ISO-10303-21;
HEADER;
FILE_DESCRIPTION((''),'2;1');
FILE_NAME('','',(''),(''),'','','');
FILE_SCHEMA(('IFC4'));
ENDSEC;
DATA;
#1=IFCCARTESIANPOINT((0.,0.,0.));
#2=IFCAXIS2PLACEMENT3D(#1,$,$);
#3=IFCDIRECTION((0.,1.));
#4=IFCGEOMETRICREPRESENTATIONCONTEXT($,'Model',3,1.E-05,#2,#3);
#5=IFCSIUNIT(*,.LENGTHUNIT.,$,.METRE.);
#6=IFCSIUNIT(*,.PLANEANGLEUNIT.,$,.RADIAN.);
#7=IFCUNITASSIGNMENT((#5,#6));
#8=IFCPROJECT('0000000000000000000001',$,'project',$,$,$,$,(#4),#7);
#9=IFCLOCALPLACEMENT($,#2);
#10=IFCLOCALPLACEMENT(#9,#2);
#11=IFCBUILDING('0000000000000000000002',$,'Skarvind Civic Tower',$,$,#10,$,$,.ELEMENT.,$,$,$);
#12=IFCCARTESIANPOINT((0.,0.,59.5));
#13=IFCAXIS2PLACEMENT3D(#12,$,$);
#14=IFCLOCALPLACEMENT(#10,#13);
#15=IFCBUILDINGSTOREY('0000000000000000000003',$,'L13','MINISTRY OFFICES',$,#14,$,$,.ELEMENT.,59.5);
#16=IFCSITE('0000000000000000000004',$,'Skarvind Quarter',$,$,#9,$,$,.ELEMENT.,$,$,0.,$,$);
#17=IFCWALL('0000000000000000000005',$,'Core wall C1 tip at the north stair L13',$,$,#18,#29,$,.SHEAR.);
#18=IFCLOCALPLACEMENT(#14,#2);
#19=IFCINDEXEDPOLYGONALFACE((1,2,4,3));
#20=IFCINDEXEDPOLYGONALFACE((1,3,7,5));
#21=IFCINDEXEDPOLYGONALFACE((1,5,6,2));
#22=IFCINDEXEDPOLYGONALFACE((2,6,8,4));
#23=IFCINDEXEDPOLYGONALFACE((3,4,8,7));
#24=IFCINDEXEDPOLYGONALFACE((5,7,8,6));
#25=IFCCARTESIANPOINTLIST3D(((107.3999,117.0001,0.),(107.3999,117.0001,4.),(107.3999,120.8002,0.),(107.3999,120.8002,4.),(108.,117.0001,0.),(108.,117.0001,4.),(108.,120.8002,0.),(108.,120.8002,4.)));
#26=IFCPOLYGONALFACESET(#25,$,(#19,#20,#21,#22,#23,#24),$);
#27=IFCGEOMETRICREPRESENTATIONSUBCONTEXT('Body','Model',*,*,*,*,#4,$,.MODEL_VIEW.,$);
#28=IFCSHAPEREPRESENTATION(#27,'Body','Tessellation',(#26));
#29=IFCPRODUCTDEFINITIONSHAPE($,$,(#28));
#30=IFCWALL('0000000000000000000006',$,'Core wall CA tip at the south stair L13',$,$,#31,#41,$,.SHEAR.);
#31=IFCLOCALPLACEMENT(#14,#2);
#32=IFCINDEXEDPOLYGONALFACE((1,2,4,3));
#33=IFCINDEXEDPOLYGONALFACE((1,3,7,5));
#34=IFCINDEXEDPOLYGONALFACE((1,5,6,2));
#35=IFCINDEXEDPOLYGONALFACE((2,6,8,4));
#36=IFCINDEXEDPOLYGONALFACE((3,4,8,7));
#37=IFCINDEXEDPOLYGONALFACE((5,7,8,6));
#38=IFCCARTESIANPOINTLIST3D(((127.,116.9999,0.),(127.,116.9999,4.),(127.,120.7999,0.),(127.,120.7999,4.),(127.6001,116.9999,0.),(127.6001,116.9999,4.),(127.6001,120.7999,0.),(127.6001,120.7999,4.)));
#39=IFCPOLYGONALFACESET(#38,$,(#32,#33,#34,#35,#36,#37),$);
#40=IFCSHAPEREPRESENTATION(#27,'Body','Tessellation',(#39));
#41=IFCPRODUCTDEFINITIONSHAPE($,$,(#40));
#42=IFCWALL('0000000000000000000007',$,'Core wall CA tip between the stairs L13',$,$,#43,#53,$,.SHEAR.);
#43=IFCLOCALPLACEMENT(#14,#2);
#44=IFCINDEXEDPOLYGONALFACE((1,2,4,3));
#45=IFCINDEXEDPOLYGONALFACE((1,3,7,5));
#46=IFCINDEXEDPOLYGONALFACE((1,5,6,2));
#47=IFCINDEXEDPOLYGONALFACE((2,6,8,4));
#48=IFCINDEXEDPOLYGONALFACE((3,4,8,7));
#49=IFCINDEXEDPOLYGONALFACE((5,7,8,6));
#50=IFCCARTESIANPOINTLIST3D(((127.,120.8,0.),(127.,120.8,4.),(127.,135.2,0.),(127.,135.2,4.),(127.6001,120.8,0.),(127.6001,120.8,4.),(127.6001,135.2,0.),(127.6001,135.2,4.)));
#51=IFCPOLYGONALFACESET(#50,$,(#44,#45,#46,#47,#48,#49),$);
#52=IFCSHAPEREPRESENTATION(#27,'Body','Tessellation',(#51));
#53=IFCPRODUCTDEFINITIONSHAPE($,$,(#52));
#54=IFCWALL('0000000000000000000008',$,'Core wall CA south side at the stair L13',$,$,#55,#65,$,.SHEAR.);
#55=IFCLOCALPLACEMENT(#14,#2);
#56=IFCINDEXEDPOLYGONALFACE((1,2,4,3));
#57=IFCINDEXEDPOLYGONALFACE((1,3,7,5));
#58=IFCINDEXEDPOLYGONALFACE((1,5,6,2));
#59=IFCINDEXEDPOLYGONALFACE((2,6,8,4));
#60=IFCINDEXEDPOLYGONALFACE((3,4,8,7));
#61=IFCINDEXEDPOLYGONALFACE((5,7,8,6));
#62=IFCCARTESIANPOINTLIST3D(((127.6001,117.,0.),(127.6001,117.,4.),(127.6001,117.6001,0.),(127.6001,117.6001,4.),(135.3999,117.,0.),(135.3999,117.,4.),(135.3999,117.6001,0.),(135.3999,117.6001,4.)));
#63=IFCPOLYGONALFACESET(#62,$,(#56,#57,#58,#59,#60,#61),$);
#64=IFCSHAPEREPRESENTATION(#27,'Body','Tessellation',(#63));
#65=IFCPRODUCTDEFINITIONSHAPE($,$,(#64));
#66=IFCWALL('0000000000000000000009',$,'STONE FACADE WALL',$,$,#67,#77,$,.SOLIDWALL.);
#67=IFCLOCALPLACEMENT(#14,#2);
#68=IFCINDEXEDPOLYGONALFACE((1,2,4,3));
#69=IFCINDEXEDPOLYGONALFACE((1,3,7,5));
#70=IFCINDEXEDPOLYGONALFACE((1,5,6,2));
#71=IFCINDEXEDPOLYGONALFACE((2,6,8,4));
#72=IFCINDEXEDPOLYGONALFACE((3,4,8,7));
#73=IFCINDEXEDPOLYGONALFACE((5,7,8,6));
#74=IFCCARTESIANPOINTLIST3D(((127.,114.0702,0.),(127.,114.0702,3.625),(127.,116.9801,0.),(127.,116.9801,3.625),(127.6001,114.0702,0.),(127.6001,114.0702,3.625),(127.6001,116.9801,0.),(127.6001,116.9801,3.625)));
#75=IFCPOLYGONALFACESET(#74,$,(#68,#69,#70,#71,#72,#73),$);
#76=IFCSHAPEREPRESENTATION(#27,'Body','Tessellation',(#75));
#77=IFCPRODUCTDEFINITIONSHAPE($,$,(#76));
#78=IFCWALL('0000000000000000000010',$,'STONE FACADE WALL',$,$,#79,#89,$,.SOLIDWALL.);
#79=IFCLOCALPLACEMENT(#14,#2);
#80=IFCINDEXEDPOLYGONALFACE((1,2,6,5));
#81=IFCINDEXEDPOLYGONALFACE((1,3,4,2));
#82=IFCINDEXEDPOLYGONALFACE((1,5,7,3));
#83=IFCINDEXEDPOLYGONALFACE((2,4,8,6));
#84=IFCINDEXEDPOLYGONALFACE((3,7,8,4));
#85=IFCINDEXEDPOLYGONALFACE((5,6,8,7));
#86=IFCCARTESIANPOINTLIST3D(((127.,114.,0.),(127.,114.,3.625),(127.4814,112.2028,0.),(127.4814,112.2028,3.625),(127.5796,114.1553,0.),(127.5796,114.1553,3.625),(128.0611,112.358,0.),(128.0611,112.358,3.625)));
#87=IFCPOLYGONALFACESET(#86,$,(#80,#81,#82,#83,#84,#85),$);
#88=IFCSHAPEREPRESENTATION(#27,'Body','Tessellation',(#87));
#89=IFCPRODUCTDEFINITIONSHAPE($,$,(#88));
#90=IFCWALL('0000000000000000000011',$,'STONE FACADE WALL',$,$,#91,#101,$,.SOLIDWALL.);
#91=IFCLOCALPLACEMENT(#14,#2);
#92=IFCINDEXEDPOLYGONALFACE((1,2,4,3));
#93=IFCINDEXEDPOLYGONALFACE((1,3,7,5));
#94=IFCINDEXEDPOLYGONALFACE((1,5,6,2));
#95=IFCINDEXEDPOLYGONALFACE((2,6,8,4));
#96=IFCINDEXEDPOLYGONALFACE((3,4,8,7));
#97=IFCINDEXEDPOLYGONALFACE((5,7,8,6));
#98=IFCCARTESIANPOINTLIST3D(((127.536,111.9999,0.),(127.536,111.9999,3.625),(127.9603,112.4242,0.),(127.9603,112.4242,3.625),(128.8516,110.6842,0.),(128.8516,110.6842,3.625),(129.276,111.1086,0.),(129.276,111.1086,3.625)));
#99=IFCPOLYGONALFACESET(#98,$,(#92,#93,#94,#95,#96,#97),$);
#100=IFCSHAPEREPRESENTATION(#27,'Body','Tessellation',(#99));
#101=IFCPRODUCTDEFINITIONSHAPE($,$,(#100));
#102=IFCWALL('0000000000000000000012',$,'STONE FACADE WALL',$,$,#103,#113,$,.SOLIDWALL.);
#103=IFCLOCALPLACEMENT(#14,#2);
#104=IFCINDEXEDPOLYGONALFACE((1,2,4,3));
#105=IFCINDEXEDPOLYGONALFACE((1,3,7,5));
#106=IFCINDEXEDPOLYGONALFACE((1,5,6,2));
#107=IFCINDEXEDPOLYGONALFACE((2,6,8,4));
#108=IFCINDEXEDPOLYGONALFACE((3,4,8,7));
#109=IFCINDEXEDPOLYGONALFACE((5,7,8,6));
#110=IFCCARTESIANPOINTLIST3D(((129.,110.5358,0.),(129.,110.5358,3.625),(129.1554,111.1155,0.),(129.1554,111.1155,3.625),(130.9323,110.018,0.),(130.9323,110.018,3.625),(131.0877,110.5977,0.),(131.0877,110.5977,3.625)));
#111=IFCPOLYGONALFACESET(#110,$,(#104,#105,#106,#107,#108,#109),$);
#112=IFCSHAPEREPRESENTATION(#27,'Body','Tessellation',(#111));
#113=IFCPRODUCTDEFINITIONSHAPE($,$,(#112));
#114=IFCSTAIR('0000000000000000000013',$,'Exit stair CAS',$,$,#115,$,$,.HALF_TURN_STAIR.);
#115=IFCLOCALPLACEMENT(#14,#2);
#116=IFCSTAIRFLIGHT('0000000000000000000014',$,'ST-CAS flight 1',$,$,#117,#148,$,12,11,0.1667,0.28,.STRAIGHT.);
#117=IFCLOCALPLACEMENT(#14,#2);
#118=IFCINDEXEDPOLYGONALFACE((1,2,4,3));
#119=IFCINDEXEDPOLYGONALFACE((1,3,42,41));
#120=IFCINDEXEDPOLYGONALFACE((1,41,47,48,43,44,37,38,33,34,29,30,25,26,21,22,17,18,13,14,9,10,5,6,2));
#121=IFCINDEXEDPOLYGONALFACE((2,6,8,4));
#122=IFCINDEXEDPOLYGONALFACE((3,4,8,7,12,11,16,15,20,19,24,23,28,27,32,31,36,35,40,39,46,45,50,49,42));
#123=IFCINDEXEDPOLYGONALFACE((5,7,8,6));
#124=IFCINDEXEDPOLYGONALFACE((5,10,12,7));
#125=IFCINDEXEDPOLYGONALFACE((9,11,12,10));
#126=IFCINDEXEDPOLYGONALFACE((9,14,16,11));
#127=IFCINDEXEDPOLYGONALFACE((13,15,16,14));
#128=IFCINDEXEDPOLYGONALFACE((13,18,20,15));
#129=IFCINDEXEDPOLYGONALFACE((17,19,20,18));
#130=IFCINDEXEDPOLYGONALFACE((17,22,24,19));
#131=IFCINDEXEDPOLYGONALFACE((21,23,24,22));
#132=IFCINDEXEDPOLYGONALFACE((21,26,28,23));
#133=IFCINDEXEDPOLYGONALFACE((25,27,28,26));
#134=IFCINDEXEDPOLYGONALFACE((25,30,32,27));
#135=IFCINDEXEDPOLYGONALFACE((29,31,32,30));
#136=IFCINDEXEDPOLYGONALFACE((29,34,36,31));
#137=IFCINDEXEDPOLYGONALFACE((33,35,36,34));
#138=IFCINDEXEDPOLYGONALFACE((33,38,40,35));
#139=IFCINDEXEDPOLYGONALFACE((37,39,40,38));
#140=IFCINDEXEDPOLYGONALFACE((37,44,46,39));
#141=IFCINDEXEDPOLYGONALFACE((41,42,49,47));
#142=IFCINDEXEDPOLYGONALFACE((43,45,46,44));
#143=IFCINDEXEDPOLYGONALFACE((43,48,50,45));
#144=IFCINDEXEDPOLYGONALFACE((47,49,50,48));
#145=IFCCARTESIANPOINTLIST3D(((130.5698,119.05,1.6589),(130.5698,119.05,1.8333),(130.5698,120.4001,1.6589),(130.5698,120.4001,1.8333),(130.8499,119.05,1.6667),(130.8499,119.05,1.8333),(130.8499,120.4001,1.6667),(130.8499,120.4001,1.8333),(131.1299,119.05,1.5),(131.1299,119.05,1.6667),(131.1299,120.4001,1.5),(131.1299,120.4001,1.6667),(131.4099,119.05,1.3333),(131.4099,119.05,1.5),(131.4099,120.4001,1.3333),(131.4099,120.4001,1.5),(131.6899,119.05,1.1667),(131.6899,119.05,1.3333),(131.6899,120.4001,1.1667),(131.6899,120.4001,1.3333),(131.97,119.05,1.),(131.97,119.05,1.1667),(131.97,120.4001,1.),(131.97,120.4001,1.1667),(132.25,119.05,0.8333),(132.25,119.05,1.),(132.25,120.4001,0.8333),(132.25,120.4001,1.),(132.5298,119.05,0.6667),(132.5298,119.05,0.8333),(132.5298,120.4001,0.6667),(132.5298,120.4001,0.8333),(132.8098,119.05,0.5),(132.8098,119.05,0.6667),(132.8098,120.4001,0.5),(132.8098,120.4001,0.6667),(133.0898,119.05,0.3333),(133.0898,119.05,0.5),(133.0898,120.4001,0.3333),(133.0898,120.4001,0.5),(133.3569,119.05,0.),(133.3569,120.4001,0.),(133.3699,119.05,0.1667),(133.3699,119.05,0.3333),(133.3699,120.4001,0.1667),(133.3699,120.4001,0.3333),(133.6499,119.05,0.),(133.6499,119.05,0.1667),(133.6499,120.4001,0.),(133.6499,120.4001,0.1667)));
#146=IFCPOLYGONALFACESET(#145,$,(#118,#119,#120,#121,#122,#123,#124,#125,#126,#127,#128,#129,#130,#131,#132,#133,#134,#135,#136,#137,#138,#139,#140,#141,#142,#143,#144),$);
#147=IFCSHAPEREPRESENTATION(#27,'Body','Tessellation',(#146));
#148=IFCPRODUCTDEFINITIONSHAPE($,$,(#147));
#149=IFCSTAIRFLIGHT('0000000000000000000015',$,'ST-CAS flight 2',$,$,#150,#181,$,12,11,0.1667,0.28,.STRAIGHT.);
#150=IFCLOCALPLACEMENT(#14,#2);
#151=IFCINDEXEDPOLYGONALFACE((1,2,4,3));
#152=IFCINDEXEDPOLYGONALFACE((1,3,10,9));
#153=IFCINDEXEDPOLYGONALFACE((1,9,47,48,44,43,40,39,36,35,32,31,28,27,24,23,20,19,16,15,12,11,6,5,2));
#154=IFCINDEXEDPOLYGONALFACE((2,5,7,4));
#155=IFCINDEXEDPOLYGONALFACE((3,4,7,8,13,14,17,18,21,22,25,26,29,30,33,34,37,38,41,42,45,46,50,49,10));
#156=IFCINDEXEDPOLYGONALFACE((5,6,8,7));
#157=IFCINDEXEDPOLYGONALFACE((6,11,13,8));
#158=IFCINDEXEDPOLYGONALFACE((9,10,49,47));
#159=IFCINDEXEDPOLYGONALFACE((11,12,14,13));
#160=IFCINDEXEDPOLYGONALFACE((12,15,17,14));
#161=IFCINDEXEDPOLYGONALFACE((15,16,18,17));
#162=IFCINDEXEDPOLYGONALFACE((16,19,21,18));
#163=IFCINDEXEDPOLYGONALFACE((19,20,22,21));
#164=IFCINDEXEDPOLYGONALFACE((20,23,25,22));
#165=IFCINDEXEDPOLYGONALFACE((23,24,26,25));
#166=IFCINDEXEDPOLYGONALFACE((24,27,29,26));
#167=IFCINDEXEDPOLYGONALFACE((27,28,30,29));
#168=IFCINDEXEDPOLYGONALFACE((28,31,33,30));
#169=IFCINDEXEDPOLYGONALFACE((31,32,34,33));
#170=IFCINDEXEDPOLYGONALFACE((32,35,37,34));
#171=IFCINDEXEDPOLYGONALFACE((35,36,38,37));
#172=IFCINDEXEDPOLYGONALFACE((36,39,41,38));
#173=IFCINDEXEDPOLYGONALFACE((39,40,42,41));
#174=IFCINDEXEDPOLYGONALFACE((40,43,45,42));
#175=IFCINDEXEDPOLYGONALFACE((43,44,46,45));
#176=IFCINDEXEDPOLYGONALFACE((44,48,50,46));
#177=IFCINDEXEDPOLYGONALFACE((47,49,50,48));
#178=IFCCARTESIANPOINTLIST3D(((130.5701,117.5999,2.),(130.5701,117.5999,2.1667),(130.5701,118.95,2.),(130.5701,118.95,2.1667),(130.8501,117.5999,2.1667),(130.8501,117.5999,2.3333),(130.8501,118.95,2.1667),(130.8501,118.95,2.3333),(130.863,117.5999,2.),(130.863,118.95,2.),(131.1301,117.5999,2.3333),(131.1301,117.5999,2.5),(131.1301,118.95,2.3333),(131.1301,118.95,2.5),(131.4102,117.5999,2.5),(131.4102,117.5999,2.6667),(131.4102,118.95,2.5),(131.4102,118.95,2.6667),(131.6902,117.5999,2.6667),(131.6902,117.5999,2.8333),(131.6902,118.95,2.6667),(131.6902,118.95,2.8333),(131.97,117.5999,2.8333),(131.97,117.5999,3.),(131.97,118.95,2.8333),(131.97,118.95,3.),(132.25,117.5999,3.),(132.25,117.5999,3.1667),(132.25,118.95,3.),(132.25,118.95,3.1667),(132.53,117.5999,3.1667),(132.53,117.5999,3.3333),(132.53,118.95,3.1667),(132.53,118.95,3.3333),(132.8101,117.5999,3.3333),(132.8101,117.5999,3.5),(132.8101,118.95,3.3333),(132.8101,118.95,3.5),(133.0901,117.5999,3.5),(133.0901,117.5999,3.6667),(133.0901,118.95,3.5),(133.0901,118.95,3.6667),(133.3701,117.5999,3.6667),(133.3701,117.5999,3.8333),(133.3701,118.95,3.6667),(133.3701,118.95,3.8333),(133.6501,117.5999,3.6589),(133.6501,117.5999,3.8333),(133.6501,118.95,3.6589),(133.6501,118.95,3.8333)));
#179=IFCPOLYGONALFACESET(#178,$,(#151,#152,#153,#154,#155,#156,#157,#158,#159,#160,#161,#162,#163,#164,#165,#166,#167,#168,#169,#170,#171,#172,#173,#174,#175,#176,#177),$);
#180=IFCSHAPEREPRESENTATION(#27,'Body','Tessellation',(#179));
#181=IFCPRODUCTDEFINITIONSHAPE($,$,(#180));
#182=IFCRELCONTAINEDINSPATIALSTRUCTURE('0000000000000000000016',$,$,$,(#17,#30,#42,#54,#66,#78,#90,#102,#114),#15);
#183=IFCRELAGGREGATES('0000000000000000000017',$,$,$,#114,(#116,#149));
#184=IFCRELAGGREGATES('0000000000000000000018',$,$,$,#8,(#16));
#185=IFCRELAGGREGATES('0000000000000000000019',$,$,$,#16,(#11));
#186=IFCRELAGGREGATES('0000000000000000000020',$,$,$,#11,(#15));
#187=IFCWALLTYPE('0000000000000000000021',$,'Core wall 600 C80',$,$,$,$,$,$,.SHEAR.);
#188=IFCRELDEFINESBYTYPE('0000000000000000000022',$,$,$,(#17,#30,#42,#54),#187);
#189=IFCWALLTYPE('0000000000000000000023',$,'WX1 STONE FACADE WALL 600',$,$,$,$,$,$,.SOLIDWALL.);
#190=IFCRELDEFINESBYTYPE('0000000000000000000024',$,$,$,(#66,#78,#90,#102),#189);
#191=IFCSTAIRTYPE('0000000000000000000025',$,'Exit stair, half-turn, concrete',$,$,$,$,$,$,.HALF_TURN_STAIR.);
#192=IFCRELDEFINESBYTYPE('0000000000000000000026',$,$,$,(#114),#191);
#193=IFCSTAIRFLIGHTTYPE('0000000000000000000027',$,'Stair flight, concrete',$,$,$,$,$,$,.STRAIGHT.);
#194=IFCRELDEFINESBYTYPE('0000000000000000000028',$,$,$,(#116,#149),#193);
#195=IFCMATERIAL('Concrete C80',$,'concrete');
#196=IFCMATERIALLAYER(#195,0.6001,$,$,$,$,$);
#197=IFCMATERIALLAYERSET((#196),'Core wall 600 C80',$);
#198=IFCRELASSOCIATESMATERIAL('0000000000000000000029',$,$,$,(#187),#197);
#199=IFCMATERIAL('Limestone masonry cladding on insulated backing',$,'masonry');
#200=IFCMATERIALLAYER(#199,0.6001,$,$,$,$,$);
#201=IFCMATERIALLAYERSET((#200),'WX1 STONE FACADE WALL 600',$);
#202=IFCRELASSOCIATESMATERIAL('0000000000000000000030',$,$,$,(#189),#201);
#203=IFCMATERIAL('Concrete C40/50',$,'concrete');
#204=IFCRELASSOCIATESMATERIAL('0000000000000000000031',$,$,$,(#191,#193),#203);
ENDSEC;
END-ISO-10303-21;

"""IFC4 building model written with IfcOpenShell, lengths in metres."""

from ifc_helpers import new_model, si_unit, direction, frame, frame_2d, origin, place, context, subcontext, project, spatial, polyline, rectangle, outline, extrude, material, layer, layer_set, type_object, element, aggregate, save


model = new_model("IFC4")

# Units and contexts
model_context = context("Model", 3, precision=1e-05, world=origin(), true_north=direction((0.0, 1.0)))
body_context = subcontext(model_context, "Body", "Model", "MODEL_VIEW")
ifc_project = project(units=[si_unit("LENGTHUNIT", "METRE"), si_unit("PLANEANGLEUNIT", "RADIAN")], contexts=[model_context])

# Site, building, storey
site_placement = place(None, origin())
site = spatial("IfcSite", under=ifc_project, at=site_placement, Name="Skarvind Quarter", CompositionType="ELEMENT", RefElevation=0.0)
building_placement = place(site_placement, origin())
building = spatial("IfcBuilding", under=site, at=building_placement, Name="Skarvind Civic Tower", CompositionType="ELEMENT")
storey_placement = place(building_placement, frame((0.0, 0.0, 59.5)))
storey = spatial("IfcBuildingStorey", under=building, at=storey_placement, Name="L13", Description="MINISTRY OFFICES", CompositionType="ELEMENT", Elevation=59.5)

# Shared definitions
ifc_material_1 = material(Name="Concrete C80", Category="concrete")

# Walls
ifc_layer_1 = layer(ifc_material_1, 0.6001)
ifc_layer_set_1 = layer_set([ifc_layer_1], Name="Core wall 600 C80")
wall_type_1 = type_object("IfcWallType", Name="Core wall 600 C80", PredefinedType="SHEAR", material=ifc_layer_set_1)
for number, where, z_axis, x_axis, name in (
    (1, (107.7, 120.8, 0.0), (0.0, 0.0, 1.0), (0.0, -1.0, 0.0), "Core wall C1 tip at the north stair L13"),
    (2, (127.3, 117.0, 0.0), (0.0, 0.0, 1.0), (0.0, 1.0, 0.0), "Core wall CA tip at the south stair L13"),
):
    element("IfcWall", number, at=place(storey_placement, frame(where, z_axis=z_axis, x_axis=x_axis)), inside=storey, type_object=wall_type_1, Name=name, PredefinedType="SHEAR", context=body_context, shape_type="SweptSolid", body=[
        extrude(rectangle(XDim=3.8, YDim=0.6001, at=frame_2d((1.8999, 0.0))), origin(), (0.0, 0.0, 1.0), 4.0),
    ])
wall_1_placement = place(storey_placement, frame((127.3, 120.8, 0.0), z_axis=(0.0, 0.0, 1.0), x_axis=(0.0, 1.0, 0.0)))
element("IfcWall", 3, at=wall_1_placement, inside=storey, type_object=wall_type_1, Name="Core wall CA tip between the stairs L13", PredefinedType="SHEAR", context=body_context, shape_type="SweptSolid", body=[
    extrude(rectangle(XDim=14.3999, YDim=0.6001, at=frame_2d((7.2, 0.0))), origin(), (0.0, 0.0, 1.0), 4.0),
])
wall_2_placement = place(storey_placement, frame((127.6001, 117.3, 0.0), z_axis=(0.0, 0.0, 1.0), x_axis=(1.0, 0.0, 0.0)))
element("IfcWall", 4, at=wall_2_placement, inside=storey, type_object=wall_type_1, Name="Core wall CA south side at the stair L13", PredefinedType="SHEAR", context=body_context, shape_type="SweptSolid", body=[
    extrude(rectangle(XDim=7.7998, YDim=0.6001, at=frame_2d((3.8999, 0.0))), origin(), (0.0, 0.0, 1.0), 4.0),
])
ifc_material_2 = material(Name="Limestone masonry cladding on insulated backing", Category="masonry")
ifc_layer_2 = layer(ifc_material_2, 0.6001)
ifc_layer_set_2 = layer_set([ifc_layer_2], Name="WX1 STONE FACADE WALL 600")
wall_type_2 = type_object("IfcWallType", Name="WX1 STONE FACADE WALL 600", PredefinedType="SOLIDWALL", material=ifc_layer_set_2)
wall_3_placement = place(storey_placement, frame((127.3, 114.0701, 0.0), z_axis=(0.0, 0.0, 1.0), x_axis=(0.0, 1.0, 0.0)))
element("IfcWall", 5, at=wall_3_placement, inside=storey, type_object=wall_type_2, Name="STONE FACADE WALL", PredefinedType="SOLIDWALL", context=body_context, shape_type="SweptSolid", body=[
    extrude(rectangle(XDim=2.9099, YDim=0.6001, at=frame_2d((1.4551, 0.0))), origin(), (0.0, 0.0, 1.0), 3.625),
])
for number, where, z_axis, x_axis, name in (
    (6, (127.7712, 112.2805, 0.0), (0.0, 0.0, 1.0), (-0.258773, 0.965938, 0.0), "STONE FACADE WALL"),
    (7, (129.0637, 110.8965, 0.0), (0.0, 0.0, 1.0), (-0.707107, 0.707107, 0.0), "STONE FACADE WALL"),
):
    element("IfcWall", number, at=place(storey_placement, frame(where, z_axis=z_axis, x_axis=x_axis)), inside=storey, type_object=wall_type_2, Name=name, PredefinedType="SOLIDWALL", context=body_context, shape_type="SweptSolid", body=[
        extrude(rectangle(XDim=1.8606, YDim=0.6001, at=frame_2d((0.9302, 0.0))), origin(), (0.0, 0.0, 1.0), 3.625),
    ])
wall_4_placement = place(storey_placement, frame((131.01, 110.3079, 0.0), z_axis=(0.0, 0.0, 1.0), x_axis=(-0.96592, 0.25884, 0.0)))
element("IfcWall", 8, at=wall_4_placement, inside=storey, type_object=wall_type_2, Name="STONE FACADE WALL", PredefinedType="SOLIDWALL", context=body_context, shape_type="SweptSolid", body=[
    extrude(rectangle(XDim=2.0005, YDim=0.6001, at=frame_2d((1.0002, 0.0))), origin(), (0.0, 0.0, 1.0), 3.625),
])

# Stair, stair flights
ifc_material_3 = material(Name="Concrete C40/50", Category="concrete")
stair_type = type_object("IfcStairType", Name="Exit stair, half-turn, concrete", PredefinedType="HALF_TURN_STAIR", material=ifc_material_3)
stair_placement = place(storey_placement, origin())
stair = element("IfcStair", 9, at=stair_placement, inside=storey, type_object=stair_type, Name="Exit stair CAS", PredefinedType="HALF_TURN_STAIR")
stair_flight_type = type_object("IfcStairFlightType", Name="Stair flight, concrete", PredefinedType="STRAIGHT", material=ifc_material_3)
stair_flight_1_placement = place(storey_placement, frame((133.6499, 119.7251, 0.0), z_axis=(0.0, 0.0, 1.0), x_axis=(-1.0, 0.0, 0.0)))
stair_flight_1 = element("IfcStairFlight", 10, at=stair_flight_1_placement, type_object=stair_flight_type, Name="ST-CAS flight 1", NumberOfRisers=12, NumberOfTreads=11, PredefinedType="STRAIGHT", RiserHeight=0.1667, TreadLength=0.28, context=body_context, shape_type="SweptSolid", body=[
    extrude(outline(polyline([(0.0, 0.0), (0.0, 0.1667), (0.28, 0.1667), (0.28, 0.3333), (0.5601, 0.3333), (0.5601, 0.5), (0.8401, 0.5), (0.8401, 0.6667), (1.1201, 0.6667), (1.1201, 0.8333), (1.3999, 0.8333), (1.3999, 1.0), (1.6799, 1.0), (1.6799, 1.1667), (1.96, 1.1667), (1.96, 1.3333), (2.24, 1.3333), (2.24, 1.5), (2.52, 1.5), (2.52, 1.6667), (2.8, 1.6667), (2.8, 1.8333), (3.0801, 1.8333), (3.0801, 2.0), (3.0801, 1.6589), (0.293, 0.0), (0.0, 0.0)])), frame((0.0, 0.675, 0.0), z_axis=(0.0, -1.0, 0.0), x_axis=(1.0, 0.0, 0.0)), (0.0, 0.0, 1.0), 1.3501),
])
stair_flight_2_placement = place(storey_placement, frame((130.5701, 118.2749, 2.0), z_axis=(0.0, 0.0, 1.0), x_axis=(1.0, 0.0, 0.0)))
stair_flight_2 = element("IfcStairFlight", 11, at=stair_flight_2_placement, type_object=stair_flight_type, Name="ST-CAS flight 2", NumberOfRisers=12, NumberOfTreads=11, PredefinedType="STRAIGHT", RiserHeight=0.1667, TreadLength=0.28, context=body_context, shape_type="SweptSolid", body=[
    extrude(outline(polyline([(0.0, 0.0), (0.0, 0.1667), (0.28, 0.1667), (0.28, 0.3333), (0.5601, 0.3333), (0.5601, 0.5), (0.8401, 0.5), (0.8401, 0.6667), (1.1201, 0.6667), (1.1201, 0.8333), (1.3999, 0.8333), (1.3999, 1.0), (1.6799, 1.0), (1.6799, 1.1667), (1.96, 1.1667), (1.96, 1.3333), (2.24, 1.3333), (2.24, 1.5), (2.52, 1.5), (2.52, 1.6667), (2.8, 1.6667), (2.8, 1.8333), (3.0801, 1.8333), (3.0801, 2.0), (3.0801, 1.6589), (0.293, 0.0), (0.0, 0.0)])), frame((0.0, 0.675, 0.0), z_axis=(0.0, -1.0, 0.0), x_axis=(1.0, 0.0, 0.0)), (0.0, 0.0, 1.0), 1.3501),
])
aggregate(stair, [stair_flight_1, stair_flight_2])

save(model, "model.ifc")
